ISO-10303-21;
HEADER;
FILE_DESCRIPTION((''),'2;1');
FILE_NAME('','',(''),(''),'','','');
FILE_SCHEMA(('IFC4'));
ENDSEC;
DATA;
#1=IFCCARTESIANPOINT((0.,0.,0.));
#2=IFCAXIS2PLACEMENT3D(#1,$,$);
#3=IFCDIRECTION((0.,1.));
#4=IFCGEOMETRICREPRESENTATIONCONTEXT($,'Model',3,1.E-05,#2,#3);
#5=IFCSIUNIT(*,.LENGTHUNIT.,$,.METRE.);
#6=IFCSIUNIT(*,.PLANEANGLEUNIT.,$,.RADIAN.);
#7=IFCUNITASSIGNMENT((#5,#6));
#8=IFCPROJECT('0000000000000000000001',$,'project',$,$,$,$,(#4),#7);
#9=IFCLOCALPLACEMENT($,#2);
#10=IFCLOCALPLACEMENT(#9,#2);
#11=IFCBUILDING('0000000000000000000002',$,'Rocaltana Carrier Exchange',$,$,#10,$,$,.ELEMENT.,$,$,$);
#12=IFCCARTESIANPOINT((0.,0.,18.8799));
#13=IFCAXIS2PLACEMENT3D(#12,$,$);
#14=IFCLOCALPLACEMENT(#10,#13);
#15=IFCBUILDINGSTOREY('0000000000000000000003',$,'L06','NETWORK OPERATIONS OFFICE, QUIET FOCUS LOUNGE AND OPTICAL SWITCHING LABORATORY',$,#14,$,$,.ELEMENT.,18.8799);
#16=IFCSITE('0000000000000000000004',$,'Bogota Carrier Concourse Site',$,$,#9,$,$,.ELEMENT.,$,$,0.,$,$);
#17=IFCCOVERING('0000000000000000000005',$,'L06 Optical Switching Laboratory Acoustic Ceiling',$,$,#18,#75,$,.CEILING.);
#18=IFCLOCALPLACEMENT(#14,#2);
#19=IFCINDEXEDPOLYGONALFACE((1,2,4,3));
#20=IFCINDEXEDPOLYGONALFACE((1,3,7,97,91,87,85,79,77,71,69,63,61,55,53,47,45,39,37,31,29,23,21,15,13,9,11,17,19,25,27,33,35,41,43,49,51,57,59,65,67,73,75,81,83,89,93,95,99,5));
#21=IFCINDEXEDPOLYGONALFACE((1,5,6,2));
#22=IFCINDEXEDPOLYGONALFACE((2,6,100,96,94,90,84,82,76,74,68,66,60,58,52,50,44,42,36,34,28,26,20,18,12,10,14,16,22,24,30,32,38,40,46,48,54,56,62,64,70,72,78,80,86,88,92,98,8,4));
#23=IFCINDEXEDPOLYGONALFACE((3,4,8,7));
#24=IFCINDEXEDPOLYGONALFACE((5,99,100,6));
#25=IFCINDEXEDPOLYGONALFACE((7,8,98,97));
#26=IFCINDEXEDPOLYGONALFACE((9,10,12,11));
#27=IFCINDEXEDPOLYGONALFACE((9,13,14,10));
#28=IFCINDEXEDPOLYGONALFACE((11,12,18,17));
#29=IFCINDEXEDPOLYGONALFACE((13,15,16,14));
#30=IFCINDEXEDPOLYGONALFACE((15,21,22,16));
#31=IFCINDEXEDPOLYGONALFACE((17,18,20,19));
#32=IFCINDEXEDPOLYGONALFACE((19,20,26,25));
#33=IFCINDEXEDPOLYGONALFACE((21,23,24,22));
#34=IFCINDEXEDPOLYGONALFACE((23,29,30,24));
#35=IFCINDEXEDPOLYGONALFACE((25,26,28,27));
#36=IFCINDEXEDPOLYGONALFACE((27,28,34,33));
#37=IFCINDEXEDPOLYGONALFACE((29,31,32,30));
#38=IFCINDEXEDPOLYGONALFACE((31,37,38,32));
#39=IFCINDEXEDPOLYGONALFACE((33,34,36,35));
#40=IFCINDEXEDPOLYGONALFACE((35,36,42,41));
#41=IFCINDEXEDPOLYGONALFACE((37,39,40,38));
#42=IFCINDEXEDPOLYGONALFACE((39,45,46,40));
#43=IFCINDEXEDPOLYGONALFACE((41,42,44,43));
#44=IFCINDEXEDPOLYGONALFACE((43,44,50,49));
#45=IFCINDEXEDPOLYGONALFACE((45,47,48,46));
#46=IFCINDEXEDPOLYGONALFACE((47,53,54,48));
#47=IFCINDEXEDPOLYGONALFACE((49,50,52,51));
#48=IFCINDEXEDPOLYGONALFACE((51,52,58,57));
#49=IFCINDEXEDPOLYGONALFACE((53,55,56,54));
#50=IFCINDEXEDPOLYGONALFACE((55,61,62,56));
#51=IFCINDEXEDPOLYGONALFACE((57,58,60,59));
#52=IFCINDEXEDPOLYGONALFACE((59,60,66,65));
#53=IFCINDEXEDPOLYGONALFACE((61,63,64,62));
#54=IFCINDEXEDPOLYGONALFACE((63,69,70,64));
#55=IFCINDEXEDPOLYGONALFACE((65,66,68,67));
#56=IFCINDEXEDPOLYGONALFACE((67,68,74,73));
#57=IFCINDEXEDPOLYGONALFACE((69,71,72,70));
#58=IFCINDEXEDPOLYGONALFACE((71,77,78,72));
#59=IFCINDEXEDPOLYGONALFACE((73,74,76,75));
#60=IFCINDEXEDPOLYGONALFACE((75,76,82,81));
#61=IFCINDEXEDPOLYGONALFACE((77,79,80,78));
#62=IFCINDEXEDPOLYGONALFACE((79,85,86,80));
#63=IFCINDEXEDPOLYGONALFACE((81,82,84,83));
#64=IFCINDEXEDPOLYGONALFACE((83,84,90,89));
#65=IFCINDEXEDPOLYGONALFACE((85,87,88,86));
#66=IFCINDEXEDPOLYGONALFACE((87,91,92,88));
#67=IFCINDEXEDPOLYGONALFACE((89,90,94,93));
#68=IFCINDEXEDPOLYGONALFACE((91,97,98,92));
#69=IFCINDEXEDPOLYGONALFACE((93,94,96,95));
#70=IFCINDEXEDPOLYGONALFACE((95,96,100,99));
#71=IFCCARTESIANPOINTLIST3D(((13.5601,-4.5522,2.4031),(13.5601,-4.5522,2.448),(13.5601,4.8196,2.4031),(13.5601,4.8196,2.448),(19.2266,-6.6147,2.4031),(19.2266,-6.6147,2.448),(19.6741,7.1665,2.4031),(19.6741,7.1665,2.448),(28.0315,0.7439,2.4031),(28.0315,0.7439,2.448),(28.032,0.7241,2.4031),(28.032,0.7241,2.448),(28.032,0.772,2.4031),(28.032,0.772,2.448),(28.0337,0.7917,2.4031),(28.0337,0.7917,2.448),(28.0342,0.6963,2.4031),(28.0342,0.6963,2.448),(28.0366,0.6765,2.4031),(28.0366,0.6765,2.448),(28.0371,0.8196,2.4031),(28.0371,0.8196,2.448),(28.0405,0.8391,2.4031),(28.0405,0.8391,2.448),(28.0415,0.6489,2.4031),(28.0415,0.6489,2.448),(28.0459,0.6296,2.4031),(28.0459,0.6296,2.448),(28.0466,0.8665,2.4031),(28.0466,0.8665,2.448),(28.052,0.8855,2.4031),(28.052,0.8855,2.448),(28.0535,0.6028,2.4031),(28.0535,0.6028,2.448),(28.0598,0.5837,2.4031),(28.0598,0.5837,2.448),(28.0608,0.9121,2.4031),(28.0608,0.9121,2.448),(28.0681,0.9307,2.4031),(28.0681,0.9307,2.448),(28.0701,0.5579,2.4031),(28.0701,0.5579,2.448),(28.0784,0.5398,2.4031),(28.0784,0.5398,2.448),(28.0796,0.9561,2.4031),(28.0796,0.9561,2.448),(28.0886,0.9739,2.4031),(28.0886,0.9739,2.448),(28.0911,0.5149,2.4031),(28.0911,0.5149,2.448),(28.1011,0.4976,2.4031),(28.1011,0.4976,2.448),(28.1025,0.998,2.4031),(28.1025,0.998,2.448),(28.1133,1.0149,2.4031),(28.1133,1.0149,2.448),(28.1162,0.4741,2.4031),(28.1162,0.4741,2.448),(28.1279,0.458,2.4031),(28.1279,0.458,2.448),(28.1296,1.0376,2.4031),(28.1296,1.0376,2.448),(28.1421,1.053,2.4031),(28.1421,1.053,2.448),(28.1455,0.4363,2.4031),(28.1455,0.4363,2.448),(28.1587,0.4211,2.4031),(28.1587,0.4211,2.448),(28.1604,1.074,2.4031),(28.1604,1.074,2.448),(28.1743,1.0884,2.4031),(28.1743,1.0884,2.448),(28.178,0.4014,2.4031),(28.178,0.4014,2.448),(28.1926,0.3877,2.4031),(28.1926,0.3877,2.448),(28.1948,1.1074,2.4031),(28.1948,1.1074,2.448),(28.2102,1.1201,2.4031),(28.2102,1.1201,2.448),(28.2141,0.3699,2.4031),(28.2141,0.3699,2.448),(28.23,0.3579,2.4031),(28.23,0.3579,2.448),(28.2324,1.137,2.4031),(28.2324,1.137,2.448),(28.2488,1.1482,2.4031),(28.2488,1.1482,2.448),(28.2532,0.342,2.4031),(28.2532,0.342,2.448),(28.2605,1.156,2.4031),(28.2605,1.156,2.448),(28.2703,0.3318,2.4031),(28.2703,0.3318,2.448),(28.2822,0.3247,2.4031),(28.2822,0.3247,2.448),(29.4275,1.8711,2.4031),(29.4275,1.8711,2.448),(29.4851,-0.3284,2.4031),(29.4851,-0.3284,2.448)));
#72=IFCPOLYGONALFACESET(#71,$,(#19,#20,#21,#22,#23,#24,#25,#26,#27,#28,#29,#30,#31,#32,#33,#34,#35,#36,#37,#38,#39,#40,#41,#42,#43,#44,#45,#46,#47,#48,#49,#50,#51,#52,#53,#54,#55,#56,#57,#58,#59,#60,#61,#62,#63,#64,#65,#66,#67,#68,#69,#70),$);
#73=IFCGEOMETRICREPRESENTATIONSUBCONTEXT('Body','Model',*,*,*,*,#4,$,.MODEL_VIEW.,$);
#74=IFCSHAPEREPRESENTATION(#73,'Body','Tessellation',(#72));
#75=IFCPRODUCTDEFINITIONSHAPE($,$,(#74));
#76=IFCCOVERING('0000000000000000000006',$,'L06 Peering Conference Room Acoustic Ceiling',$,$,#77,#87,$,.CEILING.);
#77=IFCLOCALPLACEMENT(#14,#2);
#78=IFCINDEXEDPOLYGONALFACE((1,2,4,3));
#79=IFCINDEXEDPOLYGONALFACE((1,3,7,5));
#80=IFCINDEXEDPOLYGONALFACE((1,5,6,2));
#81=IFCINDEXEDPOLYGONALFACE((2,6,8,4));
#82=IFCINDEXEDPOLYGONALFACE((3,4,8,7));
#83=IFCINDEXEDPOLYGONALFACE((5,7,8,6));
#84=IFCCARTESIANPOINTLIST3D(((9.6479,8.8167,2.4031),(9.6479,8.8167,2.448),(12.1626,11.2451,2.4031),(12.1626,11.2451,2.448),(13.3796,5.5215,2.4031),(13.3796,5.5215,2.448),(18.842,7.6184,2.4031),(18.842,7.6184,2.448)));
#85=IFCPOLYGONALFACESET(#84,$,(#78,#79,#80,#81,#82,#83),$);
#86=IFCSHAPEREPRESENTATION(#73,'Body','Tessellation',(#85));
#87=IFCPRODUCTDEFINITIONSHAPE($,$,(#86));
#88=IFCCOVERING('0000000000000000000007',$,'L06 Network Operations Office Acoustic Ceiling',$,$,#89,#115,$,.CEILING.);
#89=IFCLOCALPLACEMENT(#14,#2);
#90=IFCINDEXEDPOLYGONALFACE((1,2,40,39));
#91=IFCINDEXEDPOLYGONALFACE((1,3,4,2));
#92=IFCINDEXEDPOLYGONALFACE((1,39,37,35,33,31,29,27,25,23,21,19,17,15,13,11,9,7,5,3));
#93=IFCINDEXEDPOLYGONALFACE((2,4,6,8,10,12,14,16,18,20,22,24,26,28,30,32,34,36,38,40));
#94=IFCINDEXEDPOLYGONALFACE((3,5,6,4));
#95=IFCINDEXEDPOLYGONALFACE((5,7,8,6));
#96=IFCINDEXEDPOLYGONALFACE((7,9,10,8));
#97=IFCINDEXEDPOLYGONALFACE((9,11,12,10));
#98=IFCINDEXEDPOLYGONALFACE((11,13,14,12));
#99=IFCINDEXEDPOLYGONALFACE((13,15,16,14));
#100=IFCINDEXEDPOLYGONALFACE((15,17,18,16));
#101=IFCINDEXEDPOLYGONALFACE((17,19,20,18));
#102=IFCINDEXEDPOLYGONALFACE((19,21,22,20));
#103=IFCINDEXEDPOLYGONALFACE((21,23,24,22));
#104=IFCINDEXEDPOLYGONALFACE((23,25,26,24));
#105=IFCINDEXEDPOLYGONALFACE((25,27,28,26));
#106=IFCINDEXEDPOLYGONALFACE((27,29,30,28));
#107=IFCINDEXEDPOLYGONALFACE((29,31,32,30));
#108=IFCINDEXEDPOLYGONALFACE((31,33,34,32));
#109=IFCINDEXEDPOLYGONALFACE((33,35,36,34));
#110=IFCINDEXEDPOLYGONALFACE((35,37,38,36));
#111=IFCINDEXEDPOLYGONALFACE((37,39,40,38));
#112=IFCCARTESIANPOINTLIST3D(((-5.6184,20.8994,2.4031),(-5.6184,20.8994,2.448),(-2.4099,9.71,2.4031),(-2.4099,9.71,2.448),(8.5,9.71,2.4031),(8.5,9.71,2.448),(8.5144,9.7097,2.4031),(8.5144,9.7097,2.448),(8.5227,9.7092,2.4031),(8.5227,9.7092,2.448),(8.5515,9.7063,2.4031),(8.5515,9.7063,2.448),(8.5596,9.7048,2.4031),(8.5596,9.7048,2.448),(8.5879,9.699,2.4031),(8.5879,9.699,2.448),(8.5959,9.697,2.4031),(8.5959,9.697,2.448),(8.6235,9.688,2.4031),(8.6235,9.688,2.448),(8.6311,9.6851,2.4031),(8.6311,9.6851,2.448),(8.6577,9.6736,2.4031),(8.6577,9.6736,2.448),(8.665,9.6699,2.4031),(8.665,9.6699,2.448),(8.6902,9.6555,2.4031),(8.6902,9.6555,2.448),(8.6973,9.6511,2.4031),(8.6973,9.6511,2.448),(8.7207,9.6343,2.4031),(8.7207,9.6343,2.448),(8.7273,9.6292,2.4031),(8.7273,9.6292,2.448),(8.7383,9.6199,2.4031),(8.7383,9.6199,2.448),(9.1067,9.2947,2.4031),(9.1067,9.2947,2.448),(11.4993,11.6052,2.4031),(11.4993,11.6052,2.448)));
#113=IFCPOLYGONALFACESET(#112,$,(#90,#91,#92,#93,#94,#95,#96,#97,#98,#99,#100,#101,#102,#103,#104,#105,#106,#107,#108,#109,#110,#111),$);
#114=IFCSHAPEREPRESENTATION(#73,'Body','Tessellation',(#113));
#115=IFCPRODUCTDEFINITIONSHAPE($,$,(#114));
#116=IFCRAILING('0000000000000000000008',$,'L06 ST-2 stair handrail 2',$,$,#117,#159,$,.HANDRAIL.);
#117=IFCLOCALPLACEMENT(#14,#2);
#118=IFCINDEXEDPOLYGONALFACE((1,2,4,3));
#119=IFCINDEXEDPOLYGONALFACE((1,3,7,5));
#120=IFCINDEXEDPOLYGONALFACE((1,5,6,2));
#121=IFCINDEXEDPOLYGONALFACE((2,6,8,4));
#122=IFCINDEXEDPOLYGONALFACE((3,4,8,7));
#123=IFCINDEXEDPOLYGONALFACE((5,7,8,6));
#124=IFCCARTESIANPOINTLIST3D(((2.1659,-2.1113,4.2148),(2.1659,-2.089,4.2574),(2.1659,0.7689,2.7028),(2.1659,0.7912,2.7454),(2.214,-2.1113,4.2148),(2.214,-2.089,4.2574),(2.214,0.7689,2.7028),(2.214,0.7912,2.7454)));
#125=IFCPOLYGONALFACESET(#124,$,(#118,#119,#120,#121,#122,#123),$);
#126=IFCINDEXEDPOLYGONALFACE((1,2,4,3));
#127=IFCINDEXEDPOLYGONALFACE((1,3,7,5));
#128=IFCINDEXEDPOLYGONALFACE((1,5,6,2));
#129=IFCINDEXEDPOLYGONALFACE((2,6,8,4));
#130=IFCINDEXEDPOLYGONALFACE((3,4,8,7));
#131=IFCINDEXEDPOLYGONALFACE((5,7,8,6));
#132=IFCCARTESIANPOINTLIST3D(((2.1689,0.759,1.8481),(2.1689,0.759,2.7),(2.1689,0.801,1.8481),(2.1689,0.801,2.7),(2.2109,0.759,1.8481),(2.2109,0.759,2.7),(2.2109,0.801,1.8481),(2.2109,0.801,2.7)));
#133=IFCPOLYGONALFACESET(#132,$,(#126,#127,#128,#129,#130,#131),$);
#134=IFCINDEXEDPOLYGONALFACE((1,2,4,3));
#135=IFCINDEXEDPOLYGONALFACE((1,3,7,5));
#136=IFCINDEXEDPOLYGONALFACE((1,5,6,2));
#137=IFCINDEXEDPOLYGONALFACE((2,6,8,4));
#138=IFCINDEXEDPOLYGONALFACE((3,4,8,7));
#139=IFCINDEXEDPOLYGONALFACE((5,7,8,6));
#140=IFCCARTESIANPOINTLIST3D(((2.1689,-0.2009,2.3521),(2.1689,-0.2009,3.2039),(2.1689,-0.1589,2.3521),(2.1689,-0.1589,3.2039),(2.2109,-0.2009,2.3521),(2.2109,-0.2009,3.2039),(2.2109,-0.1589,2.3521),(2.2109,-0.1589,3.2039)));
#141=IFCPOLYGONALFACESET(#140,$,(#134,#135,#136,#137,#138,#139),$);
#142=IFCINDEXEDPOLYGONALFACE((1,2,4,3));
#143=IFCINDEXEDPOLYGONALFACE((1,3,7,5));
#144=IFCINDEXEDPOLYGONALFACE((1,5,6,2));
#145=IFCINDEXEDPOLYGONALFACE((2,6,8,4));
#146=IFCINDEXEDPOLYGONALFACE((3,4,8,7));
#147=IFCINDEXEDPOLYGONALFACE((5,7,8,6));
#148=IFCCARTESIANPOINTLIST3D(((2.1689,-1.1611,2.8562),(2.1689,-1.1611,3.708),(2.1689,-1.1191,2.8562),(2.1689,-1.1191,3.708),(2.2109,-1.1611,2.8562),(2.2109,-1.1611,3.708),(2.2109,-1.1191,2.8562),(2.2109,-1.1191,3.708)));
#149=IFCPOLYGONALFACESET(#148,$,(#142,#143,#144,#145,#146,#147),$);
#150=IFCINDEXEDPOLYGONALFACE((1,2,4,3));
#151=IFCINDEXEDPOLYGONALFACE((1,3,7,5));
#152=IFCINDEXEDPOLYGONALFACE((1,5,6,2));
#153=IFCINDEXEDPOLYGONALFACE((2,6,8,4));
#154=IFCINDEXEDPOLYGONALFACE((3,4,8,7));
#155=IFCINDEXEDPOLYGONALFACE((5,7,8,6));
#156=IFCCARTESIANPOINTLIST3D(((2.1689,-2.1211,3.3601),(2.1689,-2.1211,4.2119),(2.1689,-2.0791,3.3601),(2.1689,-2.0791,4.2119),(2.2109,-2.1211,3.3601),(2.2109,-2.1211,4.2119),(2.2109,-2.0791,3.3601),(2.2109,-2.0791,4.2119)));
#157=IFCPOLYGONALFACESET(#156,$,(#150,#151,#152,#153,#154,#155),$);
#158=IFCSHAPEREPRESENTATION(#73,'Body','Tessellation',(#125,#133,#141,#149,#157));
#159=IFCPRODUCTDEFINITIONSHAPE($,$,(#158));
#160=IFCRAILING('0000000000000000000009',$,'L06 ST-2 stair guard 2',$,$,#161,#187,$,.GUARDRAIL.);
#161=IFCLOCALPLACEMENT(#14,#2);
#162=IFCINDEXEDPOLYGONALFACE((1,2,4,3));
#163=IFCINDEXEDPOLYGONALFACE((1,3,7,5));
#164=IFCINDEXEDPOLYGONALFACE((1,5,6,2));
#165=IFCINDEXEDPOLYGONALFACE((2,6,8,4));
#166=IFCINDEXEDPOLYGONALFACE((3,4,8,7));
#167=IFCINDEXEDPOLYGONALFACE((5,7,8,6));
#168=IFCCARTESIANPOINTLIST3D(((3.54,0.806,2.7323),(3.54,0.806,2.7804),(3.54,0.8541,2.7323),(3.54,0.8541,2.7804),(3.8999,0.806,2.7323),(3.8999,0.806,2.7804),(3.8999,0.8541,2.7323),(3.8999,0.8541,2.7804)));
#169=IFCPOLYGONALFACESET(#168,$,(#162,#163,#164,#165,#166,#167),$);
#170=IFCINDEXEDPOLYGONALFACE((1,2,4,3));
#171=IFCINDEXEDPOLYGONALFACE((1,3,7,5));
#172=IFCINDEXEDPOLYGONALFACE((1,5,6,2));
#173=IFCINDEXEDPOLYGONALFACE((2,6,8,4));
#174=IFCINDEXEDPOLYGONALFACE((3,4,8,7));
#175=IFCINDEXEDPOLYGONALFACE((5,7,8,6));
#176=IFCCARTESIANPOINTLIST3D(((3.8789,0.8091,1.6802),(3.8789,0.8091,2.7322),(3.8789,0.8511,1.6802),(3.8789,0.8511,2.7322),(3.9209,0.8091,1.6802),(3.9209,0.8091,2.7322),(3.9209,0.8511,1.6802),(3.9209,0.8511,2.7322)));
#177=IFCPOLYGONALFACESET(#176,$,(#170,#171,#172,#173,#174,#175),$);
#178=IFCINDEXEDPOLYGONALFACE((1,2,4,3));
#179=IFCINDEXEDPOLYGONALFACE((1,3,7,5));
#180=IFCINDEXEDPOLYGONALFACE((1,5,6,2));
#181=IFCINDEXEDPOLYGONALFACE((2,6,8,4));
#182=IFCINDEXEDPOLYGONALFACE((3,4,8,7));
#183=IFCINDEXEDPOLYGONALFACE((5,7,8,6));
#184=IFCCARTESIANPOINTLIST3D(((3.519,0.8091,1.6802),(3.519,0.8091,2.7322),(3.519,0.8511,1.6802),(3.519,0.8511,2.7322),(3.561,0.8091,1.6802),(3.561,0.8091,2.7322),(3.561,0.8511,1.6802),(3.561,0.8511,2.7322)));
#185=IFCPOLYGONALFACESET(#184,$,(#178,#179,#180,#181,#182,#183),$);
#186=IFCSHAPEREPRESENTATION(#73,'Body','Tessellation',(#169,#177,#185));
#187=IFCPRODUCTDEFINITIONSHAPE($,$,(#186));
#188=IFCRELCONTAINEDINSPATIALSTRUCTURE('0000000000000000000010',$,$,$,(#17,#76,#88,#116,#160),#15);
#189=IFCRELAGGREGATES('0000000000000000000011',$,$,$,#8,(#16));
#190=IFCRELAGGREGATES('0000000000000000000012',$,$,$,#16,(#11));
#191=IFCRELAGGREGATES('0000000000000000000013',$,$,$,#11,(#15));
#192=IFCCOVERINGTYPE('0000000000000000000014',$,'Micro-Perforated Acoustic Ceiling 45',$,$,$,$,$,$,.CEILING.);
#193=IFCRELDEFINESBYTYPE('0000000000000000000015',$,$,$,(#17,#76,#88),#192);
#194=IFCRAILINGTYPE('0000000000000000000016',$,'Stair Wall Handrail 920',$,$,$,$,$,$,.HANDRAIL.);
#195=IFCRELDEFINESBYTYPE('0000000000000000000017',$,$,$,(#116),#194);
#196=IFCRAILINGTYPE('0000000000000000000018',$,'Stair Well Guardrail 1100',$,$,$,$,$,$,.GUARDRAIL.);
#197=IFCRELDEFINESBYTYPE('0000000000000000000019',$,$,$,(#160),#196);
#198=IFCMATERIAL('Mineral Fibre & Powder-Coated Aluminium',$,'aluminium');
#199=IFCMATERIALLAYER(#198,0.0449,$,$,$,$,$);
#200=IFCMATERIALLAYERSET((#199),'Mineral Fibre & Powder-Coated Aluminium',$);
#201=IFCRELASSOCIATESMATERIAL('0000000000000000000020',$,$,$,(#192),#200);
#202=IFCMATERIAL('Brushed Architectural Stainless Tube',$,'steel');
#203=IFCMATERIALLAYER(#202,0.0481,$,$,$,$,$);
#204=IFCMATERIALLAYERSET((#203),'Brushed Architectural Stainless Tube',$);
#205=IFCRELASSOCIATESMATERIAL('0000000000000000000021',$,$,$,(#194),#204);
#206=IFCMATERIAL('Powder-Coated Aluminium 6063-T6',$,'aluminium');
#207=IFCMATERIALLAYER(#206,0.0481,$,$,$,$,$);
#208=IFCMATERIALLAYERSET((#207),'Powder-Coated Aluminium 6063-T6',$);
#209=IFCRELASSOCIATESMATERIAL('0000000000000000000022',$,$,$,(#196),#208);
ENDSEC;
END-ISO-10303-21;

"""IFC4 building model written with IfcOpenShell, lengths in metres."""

from ifc_helpers import new_model, si_unit, direction, frame, origin, origin_2d, place, context, subcontext, project, spatial, polyline, rectangle, outline, extrude, material, layer, layer_set, type_object, element, save


model = new_model("IFC4")

# Units and contexts
model_context = context("Model", 3, precision=1e-05, world=origin(), true_north=direction((0.0, 1.0)))
body_context = subcontext(model_context, "Body", "Model", "MODEL_VIEW")
ifc_project = project(units=[si_unit("LENGTHUNIT", "METRE"), si_unit("PLANEANGLEUNIT", "RADIAN")], contexts=[model_context])

# Site, building, storey
site_placement = place(None, origin())
site = spatial("IfcSite", under=ifc_project, at=site_placement, Name="Bogota Carrier Concourse Site", CompositionType="ELEMENT", RefElevation=0.0)
building_placement = place(site_placement, origin())
building = spatial("IfcBuilding", under=site, at=building_placement, Name="Rocaltana Carrier Exchange", CompositionType="ELEMENT")
storey_placement = place(building_placement, frame((0.0, 0.0, 18.8799)))
storey = spatial("IfcBuildingStorey", under=building, at=storey_placement, Name="L06", Description="NETWORK OPERATIONS OFFICE, QUIET FOCUS LOUNGE AND OPTICAL SWITCHING LABORATORY", CompositionType="ELEMENT", Elevation=18.8799)

# Coverings
ifc_material_1 = material(Name="Mineral Fibre & Powder-Coated Aluminium", Category="aluminium")
ifc_layer_1 = layer(ifc_material_1, 0.0449)
ifc_layer_set_1 = layer_set([ifc_layer_1], Name="Mineral Fibre & Powder-Coated Aluminium")
covering_type_1 = type_object("IfcCoveringType", Name="Micro-Perforated Acoustic Ceiling 45", PredefinedType="CEILING", material=ifc_layer_set_1)
covering_1_placement = place(storey_placement, frame((0.0, 0.0, 2.4031)))
element("IfcCovering", 1, at=covering_1_placement, inside=storey, type_object=covering_type_1, Name="L06 Optical Switching Laboratory Acoustic Ceiling", PredefinedType="CEILING", context=body_context, shape_type="SweptSolid", body=[
    extrude(outline(polyline([(29.4275, 1.8711), (28.2605, 1.156), (28.2488, 1.1482), (28.2324, 1.137), (28.2102, 1.1201), (28.1948, 1.1074), (28.1743, 1.0884), (28.1604, 1.074), (28.1421, 1.053), (28.1296, 1.0376), (28.1133, 1.0149), (28.1025, 0.998), (28.0886, 0.9739), (28.0796, 0.9561), (28.0681, 0.9307), (28.0608, 0.9121), (28.052, 0.8855), (28.0466, 0.8665), (28.0405, 0.8391), (28.0371, 0.8196), (28.0337, 0.7917), (28.032, 0.772), (28.0315, 0.7439), (28.032, 0.7241), (28.0342, 0.6963), (28.0366, 0.6765), (28.0415, 0.6489), (28.0459, 0.6296), (28.0535, 0.6028), (28.0598, 0.5837), (28.0701, 0.5579), (28.0784, 0.5398), (28.0911, 0.5149), (28.1011, 0.4976), (28.1162, 0.4741), (28.1279, 0.458), (28.1455, 0.4363), (28.1587, 0.4211), (28.178, 0.4014), (28.1926, 0.3877), (28.2141, 0.3699), (28.23, 0.3579), (28.2532, 0.342), (28.2703, 0.3318), (28.2822, 0.3247), (29.4851, -0.3284), (19.2266, -6.6147), (13.5601, -4.5522), (13.5601, 4.8196), (19.6741, 7.1665), (29.4275, 1.8711)])), origin(), (0.0, 0.0, 1.0), 0.0449),
])
covering_2_placement = place(storey_placement, frame((0.0, 0.0, 2.4031)))
element("IfcCovering", 2, at=covering_2_placement, inside=storey, type_object=covering_type_1, Name="L06 Peering Conference Room Acoustic Ceiling", PredefinedType="CEILING", context=body_context, shape_type="SweptSolid", body=[
    extrude(outline(polyline([(13.3796, 5.5215), (9.6479, 8.8167), (12.1626, 11.2451), (18.842, 7.6184), (13.3796, 5.5215)])), origin(), (0.0, 0.0, 1.0), 0.0449),
])
covering_3_placement = place(storey_placement, frame((0.0, 0.0, 2.4031)))
element("IfcCovering", 3, at=covering_3_placement, inside=storey, type_object=covering_type_1, Name="L06 Network Operations Office Acoustic Ceiling", PredefinedType="CEILING", context=body_context, shape_type="SweptSolid", body=[
    extrude(outline(polyline([(11.4993, 11.6052), (9.1067, 9.2947), (8.7383, 9.6199), (8.7273, 9.6292), (8.7207, 9.6343), (8.6973, 9.6511), (8.6902, 9.6555), (8.665, 9.6699), (8.6577, 9.6736), (8.6311, 9.6851), (8.6235, 9.688), (8.5959, 9.697), (8.5879, 9.699), (8.5596, 9.7048), (8.5515, 9.7063), (8.5227, 9.7092), (8.5144, 9.7097), (8.5, 9.71), (-2.4099, 9.71), (-5.6184, 20.8994), (11.4993, 11.6052)])), origin(), (0.0, 0.0, 1.0), 0.0449),
])

# Railings
ifc_material_2 = material(Name="Brushed Architectural Stainless Tube", Category="steel")
ifc_layer_2 = layer(ifc_material_2, 0.0481)
ifc_layer_set_2 = layer_set([ifc_layer_2], Name="Brushed Architectural Stainless Tube")
railing_type_1 = type_object("IfcRailingType", Name="Stair Wall Handrail 920", PredefinedType="HANDRAIL", material=ifc_layer_set_2)
railing_1_placement = place(storey_placement, frame((2.1899, 0.78, 1.8481)))
element("IfcRailing", 4, at=railing_1_placement, inside=storey, type_object=railing_type_1, Name="L06 ST-2 stair handrail 2", PredefinedType="HANDRAIL", context=body_context, shape_type="SweptSolid", body=[
    extrude(rectangle(XDim=0.0481, YDim=0.0481, at=origin_2d()), frame((0.0, 0.0, 0.876), z_axis=(0.0, -0.885411, 0.464809), x_axis=(1.0, 0.0, 0.0)), (0.0, 0.0, 1.0), 3.2529),
    extrude(rectangle(XDim=0.042, YDim=0.042, at=origin_2d()), origin(), (0.0, 0.0, 1.0), 0.8518),
    extrude(rectangle(XDim=0.042, YDim=0.042, at=origin_2d()), frame((0.0, -0.96, 0.5039)), (0.0, 0.0, 1.0), 0.8518),
    extrude(rectangle(XDim=0.042, YDim=0.042, at=origin_2d()), frame((0.0, -1.9202, 1.0081)), (0.0, 0.0, 1.0), 0.8518),
    extrude(rectangle(XDim=0.042, YDim=0.042, at=origin_2d()), frame((0.0, -2.8801, 1.512)), (0.0, 0.0, 1.0), 0.8518),
])
ifc_material_3 = material(Name="Powder-Coated Aluminium 6063-T6", Category="aluminium")
ifc_layer_3 = layer(ifc_material_3, 0.0481)
ifc_layer_set_3 = layer_set([ifc_layer_3], Name="Powder-Coated Aluminium 6063-T6")
railing_type_2 = type_object("IfcRailingType", Name="Stair Well Guardrail 1100", PredefinedType="GUARDRAIL", material=ifc_layer_set_3)
railing_2_placement = place(storey_placement, frame((3.8999, 0.8301, 1.6802)))
element("IfcRailing", 5, at=railing_2_placement, inside=storey, type_object=railing_type_2, Name="L06 ST-2 stair guard 2", PredefinedType="GUARDRAIL", context=body_context, shape_type="SweptSolid", body=[
    extrude(rectangle(XDim=0.0481, YDim=0.0481, at=origin_2d()), frame((0.0, 0.0, 1.0762), z_axis=(-1.0, 0.0, 0.0), x_axis=(0.0, -1.0, 0.0)), (0.0, 0.0, 1.0), 0.3599),
    extrude(rectangle(XDim=0.042, YDim=0.042, at=origin_2d()), origin(), (0.0, 0.0, 1.0), 1.052),
    extrude(rectangle(XDim=0.042, YDim=0.042, at=origin_2d()), frame((-0.3599, 0.0, 0.0)), (0.0, 0.0, 1.0), 1.052),
])

save(model, "model.ifc")
